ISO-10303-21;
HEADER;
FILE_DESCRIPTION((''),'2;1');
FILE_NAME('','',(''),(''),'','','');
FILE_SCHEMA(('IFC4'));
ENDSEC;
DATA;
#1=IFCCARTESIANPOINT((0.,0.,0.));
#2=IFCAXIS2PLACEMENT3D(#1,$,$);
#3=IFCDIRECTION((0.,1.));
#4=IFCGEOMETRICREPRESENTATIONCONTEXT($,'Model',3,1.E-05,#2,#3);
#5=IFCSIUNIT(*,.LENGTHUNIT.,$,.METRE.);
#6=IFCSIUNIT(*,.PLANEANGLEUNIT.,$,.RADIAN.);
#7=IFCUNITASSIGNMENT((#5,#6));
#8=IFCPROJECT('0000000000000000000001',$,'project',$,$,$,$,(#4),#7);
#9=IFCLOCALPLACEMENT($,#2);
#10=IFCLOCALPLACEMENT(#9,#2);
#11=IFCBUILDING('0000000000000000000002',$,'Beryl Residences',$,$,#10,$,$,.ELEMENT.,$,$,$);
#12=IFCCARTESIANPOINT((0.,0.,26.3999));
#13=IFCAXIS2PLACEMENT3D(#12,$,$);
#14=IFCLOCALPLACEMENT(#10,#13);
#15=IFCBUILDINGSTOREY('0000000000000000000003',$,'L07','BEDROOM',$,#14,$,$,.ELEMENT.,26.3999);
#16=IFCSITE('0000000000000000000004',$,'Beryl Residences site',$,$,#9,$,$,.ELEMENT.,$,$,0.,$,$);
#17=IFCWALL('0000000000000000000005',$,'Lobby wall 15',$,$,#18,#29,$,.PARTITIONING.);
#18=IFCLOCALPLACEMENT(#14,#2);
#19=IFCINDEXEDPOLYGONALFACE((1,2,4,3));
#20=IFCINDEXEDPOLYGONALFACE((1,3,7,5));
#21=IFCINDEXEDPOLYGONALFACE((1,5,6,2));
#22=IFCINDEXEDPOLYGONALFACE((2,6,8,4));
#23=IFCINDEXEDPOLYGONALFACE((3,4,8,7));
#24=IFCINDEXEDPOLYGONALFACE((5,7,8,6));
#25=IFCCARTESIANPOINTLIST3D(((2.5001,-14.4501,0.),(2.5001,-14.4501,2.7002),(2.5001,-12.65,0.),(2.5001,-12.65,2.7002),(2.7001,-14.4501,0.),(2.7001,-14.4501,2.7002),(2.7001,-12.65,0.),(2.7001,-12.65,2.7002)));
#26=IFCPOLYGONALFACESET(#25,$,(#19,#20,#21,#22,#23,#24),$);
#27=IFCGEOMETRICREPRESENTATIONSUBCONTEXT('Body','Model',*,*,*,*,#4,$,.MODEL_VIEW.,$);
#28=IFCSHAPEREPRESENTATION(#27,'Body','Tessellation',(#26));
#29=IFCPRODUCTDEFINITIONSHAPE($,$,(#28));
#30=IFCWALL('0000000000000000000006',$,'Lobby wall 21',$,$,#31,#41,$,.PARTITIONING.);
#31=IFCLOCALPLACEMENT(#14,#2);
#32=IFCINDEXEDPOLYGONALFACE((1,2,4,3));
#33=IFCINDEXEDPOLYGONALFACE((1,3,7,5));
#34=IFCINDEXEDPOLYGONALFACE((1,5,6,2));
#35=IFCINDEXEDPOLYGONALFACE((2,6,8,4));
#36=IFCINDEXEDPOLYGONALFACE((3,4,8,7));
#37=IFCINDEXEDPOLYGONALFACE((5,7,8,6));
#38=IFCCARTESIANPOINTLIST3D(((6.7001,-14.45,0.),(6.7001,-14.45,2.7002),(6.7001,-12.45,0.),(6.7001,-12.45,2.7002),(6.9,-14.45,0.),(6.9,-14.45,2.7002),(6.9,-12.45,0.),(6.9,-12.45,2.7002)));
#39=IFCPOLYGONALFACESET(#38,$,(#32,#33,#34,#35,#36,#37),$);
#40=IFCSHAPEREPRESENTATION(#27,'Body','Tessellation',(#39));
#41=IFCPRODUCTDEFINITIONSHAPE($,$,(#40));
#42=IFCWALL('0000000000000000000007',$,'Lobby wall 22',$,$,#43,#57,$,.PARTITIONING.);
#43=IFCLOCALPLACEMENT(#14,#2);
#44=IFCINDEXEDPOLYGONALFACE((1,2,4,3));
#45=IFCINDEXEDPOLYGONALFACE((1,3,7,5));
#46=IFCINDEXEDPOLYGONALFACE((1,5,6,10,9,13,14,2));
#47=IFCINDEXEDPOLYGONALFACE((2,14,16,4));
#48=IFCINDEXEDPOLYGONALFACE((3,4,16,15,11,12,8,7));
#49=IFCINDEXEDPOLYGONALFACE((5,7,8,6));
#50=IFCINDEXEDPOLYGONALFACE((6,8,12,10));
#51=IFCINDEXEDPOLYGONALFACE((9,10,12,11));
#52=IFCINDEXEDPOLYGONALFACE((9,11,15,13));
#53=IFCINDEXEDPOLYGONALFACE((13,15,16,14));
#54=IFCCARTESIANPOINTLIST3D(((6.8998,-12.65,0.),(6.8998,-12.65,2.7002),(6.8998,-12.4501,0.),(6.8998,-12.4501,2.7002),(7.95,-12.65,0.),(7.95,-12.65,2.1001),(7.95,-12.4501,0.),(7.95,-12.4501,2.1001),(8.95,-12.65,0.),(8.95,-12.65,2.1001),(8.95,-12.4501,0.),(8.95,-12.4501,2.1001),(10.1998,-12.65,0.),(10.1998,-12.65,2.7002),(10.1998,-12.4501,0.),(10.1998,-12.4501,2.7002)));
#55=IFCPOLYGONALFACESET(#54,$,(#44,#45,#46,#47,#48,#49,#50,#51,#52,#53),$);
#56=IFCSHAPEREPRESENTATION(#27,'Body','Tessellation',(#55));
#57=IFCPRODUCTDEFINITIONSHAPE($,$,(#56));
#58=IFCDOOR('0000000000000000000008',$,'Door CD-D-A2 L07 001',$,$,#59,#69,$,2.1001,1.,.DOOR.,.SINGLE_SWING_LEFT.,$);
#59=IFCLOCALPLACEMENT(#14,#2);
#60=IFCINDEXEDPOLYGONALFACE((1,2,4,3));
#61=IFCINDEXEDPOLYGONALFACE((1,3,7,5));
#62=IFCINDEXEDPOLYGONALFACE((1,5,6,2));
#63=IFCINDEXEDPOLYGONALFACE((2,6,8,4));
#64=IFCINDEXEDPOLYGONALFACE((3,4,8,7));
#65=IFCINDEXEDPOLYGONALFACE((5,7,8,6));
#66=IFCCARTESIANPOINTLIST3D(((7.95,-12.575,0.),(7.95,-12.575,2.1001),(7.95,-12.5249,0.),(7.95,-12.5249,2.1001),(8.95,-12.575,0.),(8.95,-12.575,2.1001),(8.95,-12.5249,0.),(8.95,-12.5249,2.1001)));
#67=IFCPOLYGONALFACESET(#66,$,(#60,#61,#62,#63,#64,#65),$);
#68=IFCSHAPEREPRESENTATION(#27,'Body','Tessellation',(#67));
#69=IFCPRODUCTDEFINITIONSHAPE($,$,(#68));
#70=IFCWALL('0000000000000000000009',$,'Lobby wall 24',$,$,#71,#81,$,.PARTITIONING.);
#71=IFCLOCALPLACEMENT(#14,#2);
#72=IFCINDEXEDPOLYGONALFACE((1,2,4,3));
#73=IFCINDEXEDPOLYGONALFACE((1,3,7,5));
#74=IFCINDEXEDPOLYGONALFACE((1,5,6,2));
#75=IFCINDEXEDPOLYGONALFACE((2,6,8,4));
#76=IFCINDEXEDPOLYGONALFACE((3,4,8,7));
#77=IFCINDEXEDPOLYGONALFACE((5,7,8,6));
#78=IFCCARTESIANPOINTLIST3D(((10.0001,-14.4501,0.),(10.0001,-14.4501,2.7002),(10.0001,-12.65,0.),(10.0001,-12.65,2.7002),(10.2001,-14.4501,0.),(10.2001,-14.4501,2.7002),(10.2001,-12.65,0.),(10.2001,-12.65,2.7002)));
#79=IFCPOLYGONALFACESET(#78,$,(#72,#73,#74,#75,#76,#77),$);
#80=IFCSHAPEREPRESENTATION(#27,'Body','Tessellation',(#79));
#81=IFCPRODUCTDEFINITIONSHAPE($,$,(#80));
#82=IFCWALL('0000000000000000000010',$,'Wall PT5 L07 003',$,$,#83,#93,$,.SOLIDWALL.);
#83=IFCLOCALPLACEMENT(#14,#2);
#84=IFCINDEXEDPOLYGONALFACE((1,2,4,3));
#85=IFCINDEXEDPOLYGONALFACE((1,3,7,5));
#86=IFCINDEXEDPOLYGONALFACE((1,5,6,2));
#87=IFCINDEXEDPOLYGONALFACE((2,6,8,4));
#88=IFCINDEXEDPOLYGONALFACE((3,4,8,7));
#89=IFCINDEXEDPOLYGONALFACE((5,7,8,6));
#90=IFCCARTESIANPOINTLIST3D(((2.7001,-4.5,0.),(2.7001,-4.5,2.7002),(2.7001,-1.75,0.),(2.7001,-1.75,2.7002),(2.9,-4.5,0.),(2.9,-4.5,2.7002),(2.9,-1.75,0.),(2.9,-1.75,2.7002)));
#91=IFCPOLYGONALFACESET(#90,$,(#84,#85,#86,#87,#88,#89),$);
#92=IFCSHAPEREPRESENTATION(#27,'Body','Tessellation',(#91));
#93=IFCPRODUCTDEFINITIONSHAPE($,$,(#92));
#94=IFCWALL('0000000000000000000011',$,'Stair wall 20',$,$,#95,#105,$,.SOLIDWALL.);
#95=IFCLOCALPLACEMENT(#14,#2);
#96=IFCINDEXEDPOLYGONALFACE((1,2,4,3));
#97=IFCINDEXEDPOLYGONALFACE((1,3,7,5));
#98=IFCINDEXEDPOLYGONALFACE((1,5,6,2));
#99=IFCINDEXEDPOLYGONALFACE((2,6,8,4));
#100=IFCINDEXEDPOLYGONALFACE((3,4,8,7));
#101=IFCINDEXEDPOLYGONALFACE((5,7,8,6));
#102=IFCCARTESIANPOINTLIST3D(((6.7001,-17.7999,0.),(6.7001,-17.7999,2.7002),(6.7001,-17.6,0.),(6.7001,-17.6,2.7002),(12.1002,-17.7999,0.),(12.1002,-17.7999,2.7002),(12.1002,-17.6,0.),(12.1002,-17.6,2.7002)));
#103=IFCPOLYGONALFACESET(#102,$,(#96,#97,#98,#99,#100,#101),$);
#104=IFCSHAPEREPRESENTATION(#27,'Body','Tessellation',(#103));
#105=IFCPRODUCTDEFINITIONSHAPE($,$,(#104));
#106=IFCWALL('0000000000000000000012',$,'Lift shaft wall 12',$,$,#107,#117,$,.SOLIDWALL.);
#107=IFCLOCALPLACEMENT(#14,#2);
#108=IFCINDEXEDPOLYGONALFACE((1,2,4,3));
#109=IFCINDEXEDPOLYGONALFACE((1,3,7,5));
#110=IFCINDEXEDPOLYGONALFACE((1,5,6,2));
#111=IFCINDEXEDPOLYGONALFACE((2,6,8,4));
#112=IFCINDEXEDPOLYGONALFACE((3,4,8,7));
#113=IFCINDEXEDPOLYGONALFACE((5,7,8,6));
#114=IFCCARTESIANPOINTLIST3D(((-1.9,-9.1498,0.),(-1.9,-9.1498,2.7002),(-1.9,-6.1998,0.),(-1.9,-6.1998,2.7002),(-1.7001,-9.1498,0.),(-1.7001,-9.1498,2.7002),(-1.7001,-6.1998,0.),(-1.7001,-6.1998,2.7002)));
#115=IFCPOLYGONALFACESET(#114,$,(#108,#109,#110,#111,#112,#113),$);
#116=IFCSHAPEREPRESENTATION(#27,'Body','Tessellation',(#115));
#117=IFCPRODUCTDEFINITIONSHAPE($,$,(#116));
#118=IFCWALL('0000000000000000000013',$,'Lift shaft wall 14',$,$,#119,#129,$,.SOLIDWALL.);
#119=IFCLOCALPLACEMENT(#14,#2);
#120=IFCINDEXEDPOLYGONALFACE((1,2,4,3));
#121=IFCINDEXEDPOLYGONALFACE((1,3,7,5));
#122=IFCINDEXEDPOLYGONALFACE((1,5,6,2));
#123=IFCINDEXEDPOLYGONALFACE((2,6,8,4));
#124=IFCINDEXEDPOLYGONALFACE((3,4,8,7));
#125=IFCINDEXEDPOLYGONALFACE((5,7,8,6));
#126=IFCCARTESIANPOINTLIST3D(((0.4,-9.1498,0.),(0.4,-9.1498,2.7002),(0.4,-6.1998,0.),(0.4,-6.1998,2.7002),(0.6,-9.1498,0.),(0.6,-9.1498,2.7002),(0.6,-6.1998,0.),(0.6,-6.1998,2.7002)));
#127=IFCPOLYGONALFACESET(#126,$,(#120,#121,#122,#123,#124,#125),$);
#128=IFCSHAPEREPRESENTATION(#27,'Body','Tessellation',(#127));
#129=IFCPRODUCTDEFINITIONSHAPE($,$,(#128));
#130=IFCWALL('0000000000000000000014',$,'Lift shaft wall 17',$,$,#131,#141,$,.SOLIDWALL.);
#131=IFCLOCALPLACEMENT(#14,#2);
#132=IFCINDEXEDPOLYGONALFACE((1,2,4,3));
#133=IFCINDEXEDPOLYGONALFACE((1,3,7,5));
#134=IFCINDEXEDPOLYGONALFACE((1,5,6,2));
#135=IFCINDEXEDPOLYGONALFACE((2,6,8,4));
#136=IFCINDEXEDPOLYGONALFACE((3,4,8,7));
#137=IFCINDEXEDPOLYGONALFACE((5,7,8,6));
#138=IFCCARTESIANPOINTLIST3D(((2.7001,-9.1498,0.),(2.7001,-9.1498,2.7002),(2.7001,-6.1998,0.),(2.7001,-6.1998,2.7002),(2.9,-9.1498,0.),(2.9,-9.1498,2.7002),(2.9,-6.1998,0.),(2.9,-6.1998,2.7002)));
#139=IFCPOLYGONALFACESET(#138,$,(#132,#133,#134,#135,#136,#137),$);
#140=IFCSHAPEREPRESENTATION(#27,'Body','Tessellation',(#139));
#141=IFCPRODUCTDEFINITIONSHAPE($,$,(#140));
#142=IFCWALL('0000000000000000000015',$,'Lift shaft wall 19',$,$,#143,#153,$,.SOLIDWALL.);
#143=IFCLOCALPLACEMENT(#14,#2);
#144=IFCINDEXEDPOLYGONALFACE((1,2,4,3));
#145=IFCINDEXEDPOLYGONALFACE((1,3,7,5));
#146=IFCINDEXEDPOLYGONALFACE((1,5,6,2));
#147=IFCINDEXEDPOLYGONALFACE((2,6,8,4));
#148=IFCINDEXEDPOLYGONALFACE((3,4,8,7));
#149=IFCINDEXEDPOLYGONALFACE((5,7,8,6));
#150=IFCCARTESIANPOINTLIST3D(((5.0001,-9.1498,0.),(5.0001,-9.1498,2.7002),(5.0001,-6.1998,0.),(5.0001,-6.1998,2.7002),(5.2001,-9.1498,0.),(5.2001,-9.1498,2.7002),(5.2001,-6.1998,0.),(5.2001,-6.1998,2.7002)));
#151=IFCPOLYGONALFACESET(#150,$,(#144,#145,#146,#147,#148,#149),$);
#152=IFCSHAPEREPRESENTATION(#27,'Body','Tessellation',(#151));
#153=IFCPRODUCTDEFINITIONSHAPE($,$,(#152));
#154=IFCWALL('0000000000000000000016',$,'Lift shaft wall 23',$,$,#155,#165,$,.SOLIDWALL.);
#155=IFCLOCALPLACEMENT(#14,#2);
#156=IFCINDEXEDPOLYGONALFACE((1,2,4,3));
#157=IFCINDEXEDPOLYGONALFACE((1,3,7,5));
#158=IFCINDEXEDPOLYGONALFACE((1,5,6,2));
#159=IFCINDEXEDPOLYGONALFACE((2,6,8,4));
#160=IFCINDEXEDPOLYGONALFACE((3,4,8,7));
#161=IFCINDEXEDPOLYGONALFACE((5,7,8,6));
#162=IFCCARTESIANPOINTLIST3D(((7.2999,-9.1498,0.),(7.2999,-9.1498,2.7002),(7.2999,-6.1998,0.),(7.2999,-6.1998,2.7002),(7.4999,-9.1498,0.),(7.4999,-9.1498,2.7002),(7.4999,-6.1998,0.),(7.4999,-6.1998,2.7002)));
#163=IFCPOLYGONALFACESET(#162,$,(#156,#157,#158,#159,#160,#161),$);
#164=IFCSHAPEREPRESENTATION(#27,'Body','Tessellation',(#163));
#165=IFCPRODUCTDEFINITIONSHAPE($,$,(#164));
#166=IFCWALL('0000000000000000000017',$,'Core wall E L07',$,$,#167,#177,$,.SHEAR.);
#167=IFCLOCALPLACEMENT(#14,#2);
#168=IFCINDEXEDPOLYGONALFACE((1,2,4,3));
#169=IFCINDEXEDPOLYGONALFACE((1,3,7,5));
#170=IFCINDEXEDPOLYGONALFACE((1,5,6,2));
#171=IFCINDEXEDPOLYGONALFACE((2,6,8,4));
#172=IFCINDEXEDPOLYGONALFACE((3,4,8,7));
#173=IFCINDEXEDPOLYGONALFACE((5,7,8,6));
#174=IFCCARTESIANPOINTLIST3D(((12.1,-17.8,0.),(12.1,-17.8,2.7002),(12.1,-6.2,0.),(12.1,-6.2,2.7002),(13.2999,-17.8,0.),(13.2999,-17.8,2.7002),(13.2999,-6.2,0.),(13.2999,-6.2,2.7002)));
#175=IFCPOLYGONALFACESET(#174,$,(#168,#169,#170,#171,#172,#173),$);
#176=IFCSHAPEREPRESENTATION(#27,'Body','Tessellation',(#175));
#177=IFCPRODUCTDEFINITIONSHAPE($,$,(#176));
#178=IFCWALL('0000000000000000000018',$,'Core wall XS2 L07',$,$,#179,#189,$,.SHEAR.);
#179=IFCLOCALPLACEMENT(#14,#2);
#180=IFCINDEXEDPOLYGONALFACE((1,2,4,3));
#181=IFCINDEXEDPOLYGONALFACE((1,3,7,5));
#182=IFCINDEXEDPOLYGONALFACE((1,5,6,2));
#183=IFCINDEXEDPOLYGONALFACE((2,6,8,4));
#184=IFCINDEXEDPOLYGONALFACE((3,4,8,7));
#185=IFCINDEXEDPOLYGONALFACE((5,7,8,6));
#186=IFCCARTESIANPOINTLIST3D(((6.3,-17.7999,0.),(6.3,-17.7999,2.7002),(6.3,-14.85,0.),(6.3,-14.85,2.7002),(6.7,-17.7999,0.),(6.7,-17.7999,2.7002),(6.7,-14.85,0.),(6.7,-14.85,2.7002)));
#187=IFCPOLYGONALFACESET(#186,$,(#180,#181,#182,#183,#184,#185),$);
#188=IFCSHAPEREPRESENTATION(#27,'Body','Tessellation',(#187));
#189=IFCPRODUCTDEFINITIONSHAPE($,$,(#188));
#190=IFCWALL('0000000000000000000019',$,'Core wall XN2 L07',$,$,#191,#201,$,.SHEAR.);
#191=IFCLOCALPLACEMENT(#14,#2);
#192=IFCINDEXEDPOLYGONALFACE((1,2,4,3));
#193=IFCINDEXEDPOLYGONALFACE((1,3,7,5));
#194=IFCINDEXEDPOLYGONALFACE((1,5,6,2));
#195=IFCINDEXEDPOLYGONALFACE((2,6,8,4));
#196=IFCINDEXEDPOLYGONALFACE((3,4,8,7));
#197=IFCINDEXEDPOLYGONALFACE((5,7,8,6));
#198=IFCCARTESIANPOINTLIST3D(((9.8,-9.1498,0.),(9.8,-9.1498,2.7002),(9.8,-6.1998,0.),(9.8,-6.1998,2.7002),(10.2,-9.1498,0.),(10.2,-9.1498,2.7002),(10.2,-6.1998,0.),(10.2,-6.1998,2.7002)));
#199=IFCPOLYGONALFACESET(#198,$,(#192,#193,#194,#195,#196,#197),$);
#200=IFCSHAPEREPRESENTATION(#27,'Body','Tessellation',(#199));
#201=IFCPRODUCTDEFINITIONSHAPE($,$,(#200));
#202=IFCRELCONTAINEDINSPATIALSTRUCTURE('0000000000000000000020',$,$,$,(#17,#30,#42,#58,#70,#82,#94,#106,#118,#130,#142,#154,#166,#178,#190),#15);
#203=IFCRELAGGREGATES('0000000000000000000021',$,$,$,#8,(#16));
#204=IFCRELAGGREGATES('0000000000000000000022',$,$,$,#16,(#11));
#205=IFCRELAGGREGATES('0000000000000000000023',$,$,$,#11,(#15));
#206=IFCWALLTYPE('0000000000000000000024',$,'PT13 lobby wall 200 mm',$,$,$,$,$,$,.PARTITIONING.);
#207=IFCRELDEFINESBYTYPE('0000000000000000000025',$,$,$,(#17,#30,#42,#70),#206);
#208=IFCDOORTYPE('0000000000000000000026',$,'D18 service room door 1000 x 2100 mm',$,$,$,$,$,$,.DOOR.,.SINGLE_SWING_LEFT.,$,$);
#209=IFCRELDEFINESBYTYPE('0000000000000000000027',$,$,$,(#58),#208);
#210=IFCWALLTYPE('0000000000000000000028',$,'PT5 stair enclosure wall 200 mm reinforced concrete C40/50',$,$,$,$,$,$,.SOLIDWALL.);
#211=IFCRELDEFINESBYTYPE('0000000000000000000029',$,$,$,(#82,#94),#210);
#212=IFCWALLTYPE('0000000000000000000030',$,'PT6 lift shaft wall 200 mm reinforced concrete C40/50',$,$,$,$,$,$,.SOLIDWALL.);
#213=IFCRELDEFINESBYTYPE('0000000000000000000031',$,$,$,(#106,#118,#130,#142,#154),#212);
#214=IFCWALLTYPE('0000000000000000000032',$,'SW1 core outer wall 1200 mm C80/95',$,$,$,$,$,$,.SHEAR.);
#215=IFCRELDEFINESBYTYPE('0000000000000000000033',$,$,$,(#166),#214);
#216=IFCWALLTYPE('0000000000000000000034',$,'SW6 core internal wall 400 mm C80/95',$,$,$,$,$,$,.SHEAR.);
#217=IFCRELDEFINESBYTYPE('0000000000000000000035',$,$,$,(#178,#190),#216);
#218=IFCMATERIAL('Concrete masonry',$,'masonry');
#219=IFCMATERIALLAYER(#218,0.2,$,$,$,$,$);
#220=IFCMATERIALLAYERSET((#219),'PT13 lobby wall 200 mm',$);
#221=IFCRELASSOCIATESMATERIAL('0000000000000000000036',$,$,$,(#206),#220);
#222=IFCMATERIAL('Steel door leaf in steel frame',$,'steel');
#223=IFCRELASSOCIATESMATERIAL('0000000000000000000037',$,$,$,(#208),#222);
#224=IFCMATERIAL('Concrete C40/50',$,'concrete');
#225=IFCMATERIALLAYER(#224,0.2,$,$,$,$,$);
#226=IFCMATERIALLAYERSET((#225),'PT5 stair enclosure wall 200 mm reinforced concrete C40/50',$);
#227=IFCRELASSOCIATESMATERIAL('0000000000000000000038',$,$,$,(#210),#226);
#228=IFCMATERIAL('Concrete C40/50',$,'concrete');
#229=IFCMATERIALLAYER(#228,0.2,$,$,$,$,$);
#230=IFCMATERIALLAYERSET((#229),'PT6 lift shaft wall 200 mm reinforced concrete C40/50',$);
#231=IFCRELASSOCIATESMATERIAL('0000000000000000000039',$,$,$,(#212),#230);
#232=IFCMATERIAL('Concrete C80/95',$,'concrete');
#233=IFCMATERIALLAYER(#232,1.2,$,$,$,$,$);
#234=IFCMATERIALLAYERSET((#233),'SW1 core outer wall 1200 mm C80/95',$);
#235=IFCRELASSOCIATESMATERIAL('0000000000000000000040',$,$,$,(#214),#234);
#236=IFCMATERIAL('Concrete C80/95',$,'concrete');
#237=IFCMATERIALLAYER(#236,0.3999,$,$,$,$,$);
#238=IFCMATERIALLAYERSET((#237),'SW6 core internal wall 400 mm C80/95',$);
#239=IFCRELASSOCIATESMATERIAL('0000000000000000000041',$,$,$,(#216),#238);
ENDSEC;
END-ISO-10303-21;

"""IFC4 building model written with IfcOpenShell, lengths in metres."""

from ifc_helpers import new_model, si_unit, direction, frame, frame_2d, origin, place, context, subcontext, project, spatial, rectangle, extrude, material, layer, layer_set, type_object, element, fill, save


model = new_model("IFC4")

# Units and contexts
model_context = context("Model", 3, precision=1e-05, world=origin(), true_north=direction((0.0, 1.0)))
body_context = subcontext(model_context, "Body", "Model", "MODEL_VIEW")
ifc_project = project(units=[si_unit("LENGTHUNIT", "METRE"), si_unit("PLANEANGLEUNIT", "RADIAN")], contexts=[model_context])

# Site, building, storey
site_placement = place(None, origin())
site = spatial("IfcSite", under=ifc_project, at=site_placement, Name="Beryl Residences site", CompositionType="ELEMENT", RefElevation=0.0)
building_placement = place(site_placement, origin())
building = spatial("IfcBuilding", under=site, at=building_placement, Name="Beryl Residences", CompositionType="ELEMENT")
storey_placement = place(building_placement, frame((0.0, 0.0, 26.3999)))
storey = spatial("IfcBuildingStorey", under=building, at=storey_placement, Name="L07", Description="BEDROOM", CompositionType="ELEMENT", Elevation=26.3999)

# Walls
ifc_material_1 = material(Name="Concrete masonry", Category="masonry")
ifc_layer_1 = layer(ifc_material_1, 0.2)
ifc_layer_set_1 = layer_set([ifc_layer_1], Name="PT13 lobby wall 200 mm")
wall_type_1 = type_object("IfcWallType", Name="PT13 lobby wall 200 mm", PredefinedType="PARTITIONING", material=ifc_layer_set_1)
wall_1_placement = place(storey_placement, frame((2.6001, -14.45, 0.0), z_axis=(0.0, 0.0, 1.0), x_axis=(0.0, 1.0, 0.0)))
element("IfcWall", 1, at=wall_1_placement, inside=storey, type_object=wall_type_1, Name="Lobby wall 15", PredefinedType="PARTITIONING", context=body_context, shape_type="SweptSolid", body=[
    extrude(rectangle(XDim=1.8, YDim=0.2, at=frame_2d((0.8999, 0.0))), origin(), (0.0, 0.0, 1.0), 2.7002),
])
wall_2_placement = place(storey_placement, frame((6.8, -14.45, 0.0), z_axis=(0.0, 0.0, 1.0), x_axis=(0.0, 1.0, 0.0)))
element("IfcWall", 2, at=wall_2_placement, inside=storey, type_object=wall_type_1, Name="Lobby wall 21", PredefinedType="PARTITIONING", context=body_context, shape_type="SweptSolid", body=[
    extrude(rectangle(XDim=2.0, YDim=0.2, at=frame_2d((1.0, 0.0))), origin(), (0.0, 0.0, 1.0), 2.7002),
])

# Wall, opening, door
wall_3_placement = place(storey_placement, frame((6.8999, -12.55, 0.0), z_axis=(0.0, 0.0, 1.0), x_axis=(1.0, 0.0, 0.0)))
wall_3 = element("IfcWall", 3, at=wall_3_placement, inside=storey, type_object=wall_type_1, Name="Lobby wall 22", PredefinedType="PARTITIONING", context=body_context, shape_type="SweptSolid", body=[
    extrude(rectangle(XDim=3.3, YDim=0.2, at=frame_2d((1.6499, 0.0))), origin(), (0.0, 0.0, 1.0), 2.7002),
])
opening_placement = place(wall_3_placement, frame((2.05, 0.0, 0.0), z_axis=(0.0, 0.0, 1.0), x_axis=(-1.0, 0.0, 0.0)))
opening = element("IfcOpeningElement", 4, at=opening_placement, cuts=wall_3, PredefinedType="OPENING", context=body_context, shape_type="SweptSolid", body=[
    extrude(rectangle(XDim=1.0, YDim=2.1001, at=frame_2d((0.5, 1.05))), frame((0.0, 0.1099, 0.0), z_axis=(0.0, -1.0, 0.0), x_axis=(1.0, 0.0, 0.0)), (0.0, 0.0, 1.0), 0.22),
])
ifc_material_2 = material(Name="Steel door leaf in steel frame", Category="steel")
door_type = type_object("IfcDoorType", Name="D18 service room door 1000 x 2100 mm", OperationType="SINGLE_SWING_LEFT", PredefinedType="DOOR", material=ifc_material_2)
door_placement = place(opening_placement, origin())
door = element("IfcDoor", 5, at=door_placement, inside=storey, type_object=door_type, Name="Door CD-D-A2 L07 001", OperationType="SINGLE_SWING_LEFT", OverallHeight=2.1001, OverallWidth=1.0, PredefinedType="DOOR", context=body_context, shape_type="SweptSolid", body=[
    extrude(rectangle(XDim=1.0, YDim=2.1001, at=frame_2d((0.5, 1.05))), frame((0.0, 0.0249, 0.0), z_axis=(0.0, -1.0, 0.0), x_axis=(1.0, 0.0, 0.0)), (0.0, 0.0, 1.0), 0.05),
])
fill(opening, door)

# Walls
wall_4_placement = place(storey_placement, frame((10.1001, -14.45, 0.0), z_axis=(0.0, 0.0, 1.0), x_axis=(0.0, 1.0, 0.0)))
element("IfcWall", 6, at=wall_4_placement, inside=storey, type_object=wall_type_1, Name="Lobby wall 24", PredefinedType="PARTITIONING", context=body_context, shape_type="SweptSolid", body=[
    extrude(rectangle(XDim=1.8, YDim=0.2, at=frame_2d((0.8999, 0.0))), origin(), (0.0, 0.0, 1.0), 2.7002),
])
ifc_material_3 = material(Name="Concrete C40/50", Category="concrete")
ifc_layer_2 = layer(ifc_material_3, 0.2)
ifc_layer_set_2 = layer_set([ifc_layer_2], Name="PT5 stair enclosure wall 200 mm reinforced concrete C40/50")
wall_type_2 = type_object("IfcWallType", Name="PT5 stair enclosure wall 200 mm reinforced concrete C40/50", PredefinedType="SOLIDWALL", material=ifc_layer_set_2)
wall_5_placement = place(storey_placement, frame((2.8, -4.5, 0.0), z_axis=(0.0, 0.0, 1.0), x_axis=(0.0, 1.0, 0.0)))
element("IfcWall", 7, at=wall_5_placement, inside=storey, type_object=wall_type_2, Name="Wall PT5 L07 003", PredefinedType="SOLIDWALL", context=body_context, shape_type="SweptSolid", body=[
    extrude(rectangle(XDim=2.75, YDim=0.2, at=frame_2d((1.375, 0.0))), origin(), (0.0, 0.0, 1.0), 2.7002),
])
wall_6_placement = place(storey_placement, frame((6.7, -17.7, 0.0), z_axis=(0.0, 0.0, 1.0), x_axis=(1.0, 0.0, 0.0)))
element("IfcWall", 8, at=wall_6_placement, inside=storey, type_object=wall_type_2, Name="Stair wall 20", PredefinedType="SOLIDWALL", context=body_context, shape_type="SweptSolid", body=[
    extrude(rectangle(XDim=5.4001, YDim=0.2, at=frame_2d((2.7002, 0.0))), origin(), (0.0, 0.0, 1.0), 2.7002),
])
ifc_material_4 = material(Name="Concrete C40/50", Category="concrete")
ifc_layer_3 = layer(ifc_material_4, 0.2)
ifc_layer_set_3 = layer_set([ifc_layer_3], Name="PT6 lift shaft wall 200 mm reinforced concrete C40/50")
wall_type_3 = type_object("IfcWallType", Name="PT6 lift shaft wall 200 mm reinforced concrete C40/50", PredefinedType="SOLIDWALL", material=ifc_layer_set_3)
for number, where, z_axis, x_axis, name in (
    (9, (-1.8, -9.1499, 0.0), (0.0, 0.0, 1.0), (0.0, 1.0, 0.0), "Lift shaft wall 12"),
    (10, (0.5, -9.1499, 0.0), (0.0, 0.0, 1.0), (0.0, 1.0, 0.0), "Lift shaft wall 14"),
    (11, (2.8, -9.1499, 0.0), (0.0, 0.0, 1.0), (0.0, 1.0, 0.0), "Lift shaft wall 17"),
    (12, (5.1001, -9.1499, 0.0), (0.0, 0.0, 1.0), (0.0, 1.0, 0.0), "Lift shaft wall 19"),
    (13, (7.3999, -9.1499, 0.0), (0.0, 0.0, 1.0), (0.0, 1.0, 0.0), "Lift shaft wall 23"),
):
    element("IfcWall", number, at=place(storey_placement, frame(where, z_axis=z_axis, x_axis=x_axis)), inside=storey, type_object=wall_type_3, Name=name, PredefinedType="SOLIDWALL", context=body_context, shape_type="SweptSolid", body=[
        extrude(rectangle(XDim=2.95, YDim=0.2, at=frame_2d((1.4751, 0.0))), origin(), (0.0, 0.0, 1.0), 2.7002),
    ])
ifc_material_5 = material(Name="Concrete C80/95", Category="concrete")
ifc_layer_4 = layer(ifc_material_5, 1.2)
ifc_layer_set_4 = layer_set([ifc_layer_4], Name="SW1 core outer wall 1200 mm C80/95")
wall_type_4 = type_object("IfcWallType", Name="SW1 core outer wall 1200 mm C80/95", PredefinedType="SHEAR", material=ifc_layer_set_4)
wall_7_placement = place(storey_placement, frame((12.7, -17.8, 0.0), z_axis=(0.0, 0.0, 1.0), x_axis=(0.0, 1.0, 0.0)))
element("IfcWall", 14, at=wall_7_placement, inside=storey, type_object=wall_type_4, Name="Core wall E L07", PredefinedType="SHEAR", context=body_context, shape_type="SweptSolid", body=[
    extrude(rectangle(XDim=11.6001, YDim=1.2, at=frame_2d((5.8, 0.0))), origin(), (0.0, 0.0, 1.0), 2.7002),
])
ifc_material_6 = material(Name="Concrete C80/95", Category="concrete")
ifc_layer_5 = layer(ifc_material_6, 0.3999)
ifc_layer_set_5 = layer_set([ifc_layer_5], Name="SW6 core internal wall 400 mm C80/95")
wall_type_5 = type_object("IfcWallType", Name="SW6 core internal wall 400 mm C80/95", PredefinedType="SHEAR", material=ifc_layer_set_5)
for number, where, z_axis, x_axis, name in (
    (15, (6.5, -17.8, 0.0), (0.0, 0.0, 1.0), (0.0, 1.0, 0.0), "Core wall XS2 L07"),
    (16, (10.0, -9.1499, 0.0), (0.0, 0.0, 1.0), (0.0, 1.0, 0.0), "Core wall XN2 L07"),
):
    element("IfcWall", number, at=place(storey_placement, frame(where, z_axis=z_axis, x_axis=x_axis)), inside=storey, type_object=wall_type_5, Name=name, PredefinedType="SHEAR", context=body_context, shape_type="SweptSolid", body=[
        extrude(rectangle(XDim=2.95, YDim=0.3999, at=frame_2d((1.4751, 0.0))), origin(), (0.0, 0.0, 1.0), 2.7002),
    ])

save(model, "model.ifc")
